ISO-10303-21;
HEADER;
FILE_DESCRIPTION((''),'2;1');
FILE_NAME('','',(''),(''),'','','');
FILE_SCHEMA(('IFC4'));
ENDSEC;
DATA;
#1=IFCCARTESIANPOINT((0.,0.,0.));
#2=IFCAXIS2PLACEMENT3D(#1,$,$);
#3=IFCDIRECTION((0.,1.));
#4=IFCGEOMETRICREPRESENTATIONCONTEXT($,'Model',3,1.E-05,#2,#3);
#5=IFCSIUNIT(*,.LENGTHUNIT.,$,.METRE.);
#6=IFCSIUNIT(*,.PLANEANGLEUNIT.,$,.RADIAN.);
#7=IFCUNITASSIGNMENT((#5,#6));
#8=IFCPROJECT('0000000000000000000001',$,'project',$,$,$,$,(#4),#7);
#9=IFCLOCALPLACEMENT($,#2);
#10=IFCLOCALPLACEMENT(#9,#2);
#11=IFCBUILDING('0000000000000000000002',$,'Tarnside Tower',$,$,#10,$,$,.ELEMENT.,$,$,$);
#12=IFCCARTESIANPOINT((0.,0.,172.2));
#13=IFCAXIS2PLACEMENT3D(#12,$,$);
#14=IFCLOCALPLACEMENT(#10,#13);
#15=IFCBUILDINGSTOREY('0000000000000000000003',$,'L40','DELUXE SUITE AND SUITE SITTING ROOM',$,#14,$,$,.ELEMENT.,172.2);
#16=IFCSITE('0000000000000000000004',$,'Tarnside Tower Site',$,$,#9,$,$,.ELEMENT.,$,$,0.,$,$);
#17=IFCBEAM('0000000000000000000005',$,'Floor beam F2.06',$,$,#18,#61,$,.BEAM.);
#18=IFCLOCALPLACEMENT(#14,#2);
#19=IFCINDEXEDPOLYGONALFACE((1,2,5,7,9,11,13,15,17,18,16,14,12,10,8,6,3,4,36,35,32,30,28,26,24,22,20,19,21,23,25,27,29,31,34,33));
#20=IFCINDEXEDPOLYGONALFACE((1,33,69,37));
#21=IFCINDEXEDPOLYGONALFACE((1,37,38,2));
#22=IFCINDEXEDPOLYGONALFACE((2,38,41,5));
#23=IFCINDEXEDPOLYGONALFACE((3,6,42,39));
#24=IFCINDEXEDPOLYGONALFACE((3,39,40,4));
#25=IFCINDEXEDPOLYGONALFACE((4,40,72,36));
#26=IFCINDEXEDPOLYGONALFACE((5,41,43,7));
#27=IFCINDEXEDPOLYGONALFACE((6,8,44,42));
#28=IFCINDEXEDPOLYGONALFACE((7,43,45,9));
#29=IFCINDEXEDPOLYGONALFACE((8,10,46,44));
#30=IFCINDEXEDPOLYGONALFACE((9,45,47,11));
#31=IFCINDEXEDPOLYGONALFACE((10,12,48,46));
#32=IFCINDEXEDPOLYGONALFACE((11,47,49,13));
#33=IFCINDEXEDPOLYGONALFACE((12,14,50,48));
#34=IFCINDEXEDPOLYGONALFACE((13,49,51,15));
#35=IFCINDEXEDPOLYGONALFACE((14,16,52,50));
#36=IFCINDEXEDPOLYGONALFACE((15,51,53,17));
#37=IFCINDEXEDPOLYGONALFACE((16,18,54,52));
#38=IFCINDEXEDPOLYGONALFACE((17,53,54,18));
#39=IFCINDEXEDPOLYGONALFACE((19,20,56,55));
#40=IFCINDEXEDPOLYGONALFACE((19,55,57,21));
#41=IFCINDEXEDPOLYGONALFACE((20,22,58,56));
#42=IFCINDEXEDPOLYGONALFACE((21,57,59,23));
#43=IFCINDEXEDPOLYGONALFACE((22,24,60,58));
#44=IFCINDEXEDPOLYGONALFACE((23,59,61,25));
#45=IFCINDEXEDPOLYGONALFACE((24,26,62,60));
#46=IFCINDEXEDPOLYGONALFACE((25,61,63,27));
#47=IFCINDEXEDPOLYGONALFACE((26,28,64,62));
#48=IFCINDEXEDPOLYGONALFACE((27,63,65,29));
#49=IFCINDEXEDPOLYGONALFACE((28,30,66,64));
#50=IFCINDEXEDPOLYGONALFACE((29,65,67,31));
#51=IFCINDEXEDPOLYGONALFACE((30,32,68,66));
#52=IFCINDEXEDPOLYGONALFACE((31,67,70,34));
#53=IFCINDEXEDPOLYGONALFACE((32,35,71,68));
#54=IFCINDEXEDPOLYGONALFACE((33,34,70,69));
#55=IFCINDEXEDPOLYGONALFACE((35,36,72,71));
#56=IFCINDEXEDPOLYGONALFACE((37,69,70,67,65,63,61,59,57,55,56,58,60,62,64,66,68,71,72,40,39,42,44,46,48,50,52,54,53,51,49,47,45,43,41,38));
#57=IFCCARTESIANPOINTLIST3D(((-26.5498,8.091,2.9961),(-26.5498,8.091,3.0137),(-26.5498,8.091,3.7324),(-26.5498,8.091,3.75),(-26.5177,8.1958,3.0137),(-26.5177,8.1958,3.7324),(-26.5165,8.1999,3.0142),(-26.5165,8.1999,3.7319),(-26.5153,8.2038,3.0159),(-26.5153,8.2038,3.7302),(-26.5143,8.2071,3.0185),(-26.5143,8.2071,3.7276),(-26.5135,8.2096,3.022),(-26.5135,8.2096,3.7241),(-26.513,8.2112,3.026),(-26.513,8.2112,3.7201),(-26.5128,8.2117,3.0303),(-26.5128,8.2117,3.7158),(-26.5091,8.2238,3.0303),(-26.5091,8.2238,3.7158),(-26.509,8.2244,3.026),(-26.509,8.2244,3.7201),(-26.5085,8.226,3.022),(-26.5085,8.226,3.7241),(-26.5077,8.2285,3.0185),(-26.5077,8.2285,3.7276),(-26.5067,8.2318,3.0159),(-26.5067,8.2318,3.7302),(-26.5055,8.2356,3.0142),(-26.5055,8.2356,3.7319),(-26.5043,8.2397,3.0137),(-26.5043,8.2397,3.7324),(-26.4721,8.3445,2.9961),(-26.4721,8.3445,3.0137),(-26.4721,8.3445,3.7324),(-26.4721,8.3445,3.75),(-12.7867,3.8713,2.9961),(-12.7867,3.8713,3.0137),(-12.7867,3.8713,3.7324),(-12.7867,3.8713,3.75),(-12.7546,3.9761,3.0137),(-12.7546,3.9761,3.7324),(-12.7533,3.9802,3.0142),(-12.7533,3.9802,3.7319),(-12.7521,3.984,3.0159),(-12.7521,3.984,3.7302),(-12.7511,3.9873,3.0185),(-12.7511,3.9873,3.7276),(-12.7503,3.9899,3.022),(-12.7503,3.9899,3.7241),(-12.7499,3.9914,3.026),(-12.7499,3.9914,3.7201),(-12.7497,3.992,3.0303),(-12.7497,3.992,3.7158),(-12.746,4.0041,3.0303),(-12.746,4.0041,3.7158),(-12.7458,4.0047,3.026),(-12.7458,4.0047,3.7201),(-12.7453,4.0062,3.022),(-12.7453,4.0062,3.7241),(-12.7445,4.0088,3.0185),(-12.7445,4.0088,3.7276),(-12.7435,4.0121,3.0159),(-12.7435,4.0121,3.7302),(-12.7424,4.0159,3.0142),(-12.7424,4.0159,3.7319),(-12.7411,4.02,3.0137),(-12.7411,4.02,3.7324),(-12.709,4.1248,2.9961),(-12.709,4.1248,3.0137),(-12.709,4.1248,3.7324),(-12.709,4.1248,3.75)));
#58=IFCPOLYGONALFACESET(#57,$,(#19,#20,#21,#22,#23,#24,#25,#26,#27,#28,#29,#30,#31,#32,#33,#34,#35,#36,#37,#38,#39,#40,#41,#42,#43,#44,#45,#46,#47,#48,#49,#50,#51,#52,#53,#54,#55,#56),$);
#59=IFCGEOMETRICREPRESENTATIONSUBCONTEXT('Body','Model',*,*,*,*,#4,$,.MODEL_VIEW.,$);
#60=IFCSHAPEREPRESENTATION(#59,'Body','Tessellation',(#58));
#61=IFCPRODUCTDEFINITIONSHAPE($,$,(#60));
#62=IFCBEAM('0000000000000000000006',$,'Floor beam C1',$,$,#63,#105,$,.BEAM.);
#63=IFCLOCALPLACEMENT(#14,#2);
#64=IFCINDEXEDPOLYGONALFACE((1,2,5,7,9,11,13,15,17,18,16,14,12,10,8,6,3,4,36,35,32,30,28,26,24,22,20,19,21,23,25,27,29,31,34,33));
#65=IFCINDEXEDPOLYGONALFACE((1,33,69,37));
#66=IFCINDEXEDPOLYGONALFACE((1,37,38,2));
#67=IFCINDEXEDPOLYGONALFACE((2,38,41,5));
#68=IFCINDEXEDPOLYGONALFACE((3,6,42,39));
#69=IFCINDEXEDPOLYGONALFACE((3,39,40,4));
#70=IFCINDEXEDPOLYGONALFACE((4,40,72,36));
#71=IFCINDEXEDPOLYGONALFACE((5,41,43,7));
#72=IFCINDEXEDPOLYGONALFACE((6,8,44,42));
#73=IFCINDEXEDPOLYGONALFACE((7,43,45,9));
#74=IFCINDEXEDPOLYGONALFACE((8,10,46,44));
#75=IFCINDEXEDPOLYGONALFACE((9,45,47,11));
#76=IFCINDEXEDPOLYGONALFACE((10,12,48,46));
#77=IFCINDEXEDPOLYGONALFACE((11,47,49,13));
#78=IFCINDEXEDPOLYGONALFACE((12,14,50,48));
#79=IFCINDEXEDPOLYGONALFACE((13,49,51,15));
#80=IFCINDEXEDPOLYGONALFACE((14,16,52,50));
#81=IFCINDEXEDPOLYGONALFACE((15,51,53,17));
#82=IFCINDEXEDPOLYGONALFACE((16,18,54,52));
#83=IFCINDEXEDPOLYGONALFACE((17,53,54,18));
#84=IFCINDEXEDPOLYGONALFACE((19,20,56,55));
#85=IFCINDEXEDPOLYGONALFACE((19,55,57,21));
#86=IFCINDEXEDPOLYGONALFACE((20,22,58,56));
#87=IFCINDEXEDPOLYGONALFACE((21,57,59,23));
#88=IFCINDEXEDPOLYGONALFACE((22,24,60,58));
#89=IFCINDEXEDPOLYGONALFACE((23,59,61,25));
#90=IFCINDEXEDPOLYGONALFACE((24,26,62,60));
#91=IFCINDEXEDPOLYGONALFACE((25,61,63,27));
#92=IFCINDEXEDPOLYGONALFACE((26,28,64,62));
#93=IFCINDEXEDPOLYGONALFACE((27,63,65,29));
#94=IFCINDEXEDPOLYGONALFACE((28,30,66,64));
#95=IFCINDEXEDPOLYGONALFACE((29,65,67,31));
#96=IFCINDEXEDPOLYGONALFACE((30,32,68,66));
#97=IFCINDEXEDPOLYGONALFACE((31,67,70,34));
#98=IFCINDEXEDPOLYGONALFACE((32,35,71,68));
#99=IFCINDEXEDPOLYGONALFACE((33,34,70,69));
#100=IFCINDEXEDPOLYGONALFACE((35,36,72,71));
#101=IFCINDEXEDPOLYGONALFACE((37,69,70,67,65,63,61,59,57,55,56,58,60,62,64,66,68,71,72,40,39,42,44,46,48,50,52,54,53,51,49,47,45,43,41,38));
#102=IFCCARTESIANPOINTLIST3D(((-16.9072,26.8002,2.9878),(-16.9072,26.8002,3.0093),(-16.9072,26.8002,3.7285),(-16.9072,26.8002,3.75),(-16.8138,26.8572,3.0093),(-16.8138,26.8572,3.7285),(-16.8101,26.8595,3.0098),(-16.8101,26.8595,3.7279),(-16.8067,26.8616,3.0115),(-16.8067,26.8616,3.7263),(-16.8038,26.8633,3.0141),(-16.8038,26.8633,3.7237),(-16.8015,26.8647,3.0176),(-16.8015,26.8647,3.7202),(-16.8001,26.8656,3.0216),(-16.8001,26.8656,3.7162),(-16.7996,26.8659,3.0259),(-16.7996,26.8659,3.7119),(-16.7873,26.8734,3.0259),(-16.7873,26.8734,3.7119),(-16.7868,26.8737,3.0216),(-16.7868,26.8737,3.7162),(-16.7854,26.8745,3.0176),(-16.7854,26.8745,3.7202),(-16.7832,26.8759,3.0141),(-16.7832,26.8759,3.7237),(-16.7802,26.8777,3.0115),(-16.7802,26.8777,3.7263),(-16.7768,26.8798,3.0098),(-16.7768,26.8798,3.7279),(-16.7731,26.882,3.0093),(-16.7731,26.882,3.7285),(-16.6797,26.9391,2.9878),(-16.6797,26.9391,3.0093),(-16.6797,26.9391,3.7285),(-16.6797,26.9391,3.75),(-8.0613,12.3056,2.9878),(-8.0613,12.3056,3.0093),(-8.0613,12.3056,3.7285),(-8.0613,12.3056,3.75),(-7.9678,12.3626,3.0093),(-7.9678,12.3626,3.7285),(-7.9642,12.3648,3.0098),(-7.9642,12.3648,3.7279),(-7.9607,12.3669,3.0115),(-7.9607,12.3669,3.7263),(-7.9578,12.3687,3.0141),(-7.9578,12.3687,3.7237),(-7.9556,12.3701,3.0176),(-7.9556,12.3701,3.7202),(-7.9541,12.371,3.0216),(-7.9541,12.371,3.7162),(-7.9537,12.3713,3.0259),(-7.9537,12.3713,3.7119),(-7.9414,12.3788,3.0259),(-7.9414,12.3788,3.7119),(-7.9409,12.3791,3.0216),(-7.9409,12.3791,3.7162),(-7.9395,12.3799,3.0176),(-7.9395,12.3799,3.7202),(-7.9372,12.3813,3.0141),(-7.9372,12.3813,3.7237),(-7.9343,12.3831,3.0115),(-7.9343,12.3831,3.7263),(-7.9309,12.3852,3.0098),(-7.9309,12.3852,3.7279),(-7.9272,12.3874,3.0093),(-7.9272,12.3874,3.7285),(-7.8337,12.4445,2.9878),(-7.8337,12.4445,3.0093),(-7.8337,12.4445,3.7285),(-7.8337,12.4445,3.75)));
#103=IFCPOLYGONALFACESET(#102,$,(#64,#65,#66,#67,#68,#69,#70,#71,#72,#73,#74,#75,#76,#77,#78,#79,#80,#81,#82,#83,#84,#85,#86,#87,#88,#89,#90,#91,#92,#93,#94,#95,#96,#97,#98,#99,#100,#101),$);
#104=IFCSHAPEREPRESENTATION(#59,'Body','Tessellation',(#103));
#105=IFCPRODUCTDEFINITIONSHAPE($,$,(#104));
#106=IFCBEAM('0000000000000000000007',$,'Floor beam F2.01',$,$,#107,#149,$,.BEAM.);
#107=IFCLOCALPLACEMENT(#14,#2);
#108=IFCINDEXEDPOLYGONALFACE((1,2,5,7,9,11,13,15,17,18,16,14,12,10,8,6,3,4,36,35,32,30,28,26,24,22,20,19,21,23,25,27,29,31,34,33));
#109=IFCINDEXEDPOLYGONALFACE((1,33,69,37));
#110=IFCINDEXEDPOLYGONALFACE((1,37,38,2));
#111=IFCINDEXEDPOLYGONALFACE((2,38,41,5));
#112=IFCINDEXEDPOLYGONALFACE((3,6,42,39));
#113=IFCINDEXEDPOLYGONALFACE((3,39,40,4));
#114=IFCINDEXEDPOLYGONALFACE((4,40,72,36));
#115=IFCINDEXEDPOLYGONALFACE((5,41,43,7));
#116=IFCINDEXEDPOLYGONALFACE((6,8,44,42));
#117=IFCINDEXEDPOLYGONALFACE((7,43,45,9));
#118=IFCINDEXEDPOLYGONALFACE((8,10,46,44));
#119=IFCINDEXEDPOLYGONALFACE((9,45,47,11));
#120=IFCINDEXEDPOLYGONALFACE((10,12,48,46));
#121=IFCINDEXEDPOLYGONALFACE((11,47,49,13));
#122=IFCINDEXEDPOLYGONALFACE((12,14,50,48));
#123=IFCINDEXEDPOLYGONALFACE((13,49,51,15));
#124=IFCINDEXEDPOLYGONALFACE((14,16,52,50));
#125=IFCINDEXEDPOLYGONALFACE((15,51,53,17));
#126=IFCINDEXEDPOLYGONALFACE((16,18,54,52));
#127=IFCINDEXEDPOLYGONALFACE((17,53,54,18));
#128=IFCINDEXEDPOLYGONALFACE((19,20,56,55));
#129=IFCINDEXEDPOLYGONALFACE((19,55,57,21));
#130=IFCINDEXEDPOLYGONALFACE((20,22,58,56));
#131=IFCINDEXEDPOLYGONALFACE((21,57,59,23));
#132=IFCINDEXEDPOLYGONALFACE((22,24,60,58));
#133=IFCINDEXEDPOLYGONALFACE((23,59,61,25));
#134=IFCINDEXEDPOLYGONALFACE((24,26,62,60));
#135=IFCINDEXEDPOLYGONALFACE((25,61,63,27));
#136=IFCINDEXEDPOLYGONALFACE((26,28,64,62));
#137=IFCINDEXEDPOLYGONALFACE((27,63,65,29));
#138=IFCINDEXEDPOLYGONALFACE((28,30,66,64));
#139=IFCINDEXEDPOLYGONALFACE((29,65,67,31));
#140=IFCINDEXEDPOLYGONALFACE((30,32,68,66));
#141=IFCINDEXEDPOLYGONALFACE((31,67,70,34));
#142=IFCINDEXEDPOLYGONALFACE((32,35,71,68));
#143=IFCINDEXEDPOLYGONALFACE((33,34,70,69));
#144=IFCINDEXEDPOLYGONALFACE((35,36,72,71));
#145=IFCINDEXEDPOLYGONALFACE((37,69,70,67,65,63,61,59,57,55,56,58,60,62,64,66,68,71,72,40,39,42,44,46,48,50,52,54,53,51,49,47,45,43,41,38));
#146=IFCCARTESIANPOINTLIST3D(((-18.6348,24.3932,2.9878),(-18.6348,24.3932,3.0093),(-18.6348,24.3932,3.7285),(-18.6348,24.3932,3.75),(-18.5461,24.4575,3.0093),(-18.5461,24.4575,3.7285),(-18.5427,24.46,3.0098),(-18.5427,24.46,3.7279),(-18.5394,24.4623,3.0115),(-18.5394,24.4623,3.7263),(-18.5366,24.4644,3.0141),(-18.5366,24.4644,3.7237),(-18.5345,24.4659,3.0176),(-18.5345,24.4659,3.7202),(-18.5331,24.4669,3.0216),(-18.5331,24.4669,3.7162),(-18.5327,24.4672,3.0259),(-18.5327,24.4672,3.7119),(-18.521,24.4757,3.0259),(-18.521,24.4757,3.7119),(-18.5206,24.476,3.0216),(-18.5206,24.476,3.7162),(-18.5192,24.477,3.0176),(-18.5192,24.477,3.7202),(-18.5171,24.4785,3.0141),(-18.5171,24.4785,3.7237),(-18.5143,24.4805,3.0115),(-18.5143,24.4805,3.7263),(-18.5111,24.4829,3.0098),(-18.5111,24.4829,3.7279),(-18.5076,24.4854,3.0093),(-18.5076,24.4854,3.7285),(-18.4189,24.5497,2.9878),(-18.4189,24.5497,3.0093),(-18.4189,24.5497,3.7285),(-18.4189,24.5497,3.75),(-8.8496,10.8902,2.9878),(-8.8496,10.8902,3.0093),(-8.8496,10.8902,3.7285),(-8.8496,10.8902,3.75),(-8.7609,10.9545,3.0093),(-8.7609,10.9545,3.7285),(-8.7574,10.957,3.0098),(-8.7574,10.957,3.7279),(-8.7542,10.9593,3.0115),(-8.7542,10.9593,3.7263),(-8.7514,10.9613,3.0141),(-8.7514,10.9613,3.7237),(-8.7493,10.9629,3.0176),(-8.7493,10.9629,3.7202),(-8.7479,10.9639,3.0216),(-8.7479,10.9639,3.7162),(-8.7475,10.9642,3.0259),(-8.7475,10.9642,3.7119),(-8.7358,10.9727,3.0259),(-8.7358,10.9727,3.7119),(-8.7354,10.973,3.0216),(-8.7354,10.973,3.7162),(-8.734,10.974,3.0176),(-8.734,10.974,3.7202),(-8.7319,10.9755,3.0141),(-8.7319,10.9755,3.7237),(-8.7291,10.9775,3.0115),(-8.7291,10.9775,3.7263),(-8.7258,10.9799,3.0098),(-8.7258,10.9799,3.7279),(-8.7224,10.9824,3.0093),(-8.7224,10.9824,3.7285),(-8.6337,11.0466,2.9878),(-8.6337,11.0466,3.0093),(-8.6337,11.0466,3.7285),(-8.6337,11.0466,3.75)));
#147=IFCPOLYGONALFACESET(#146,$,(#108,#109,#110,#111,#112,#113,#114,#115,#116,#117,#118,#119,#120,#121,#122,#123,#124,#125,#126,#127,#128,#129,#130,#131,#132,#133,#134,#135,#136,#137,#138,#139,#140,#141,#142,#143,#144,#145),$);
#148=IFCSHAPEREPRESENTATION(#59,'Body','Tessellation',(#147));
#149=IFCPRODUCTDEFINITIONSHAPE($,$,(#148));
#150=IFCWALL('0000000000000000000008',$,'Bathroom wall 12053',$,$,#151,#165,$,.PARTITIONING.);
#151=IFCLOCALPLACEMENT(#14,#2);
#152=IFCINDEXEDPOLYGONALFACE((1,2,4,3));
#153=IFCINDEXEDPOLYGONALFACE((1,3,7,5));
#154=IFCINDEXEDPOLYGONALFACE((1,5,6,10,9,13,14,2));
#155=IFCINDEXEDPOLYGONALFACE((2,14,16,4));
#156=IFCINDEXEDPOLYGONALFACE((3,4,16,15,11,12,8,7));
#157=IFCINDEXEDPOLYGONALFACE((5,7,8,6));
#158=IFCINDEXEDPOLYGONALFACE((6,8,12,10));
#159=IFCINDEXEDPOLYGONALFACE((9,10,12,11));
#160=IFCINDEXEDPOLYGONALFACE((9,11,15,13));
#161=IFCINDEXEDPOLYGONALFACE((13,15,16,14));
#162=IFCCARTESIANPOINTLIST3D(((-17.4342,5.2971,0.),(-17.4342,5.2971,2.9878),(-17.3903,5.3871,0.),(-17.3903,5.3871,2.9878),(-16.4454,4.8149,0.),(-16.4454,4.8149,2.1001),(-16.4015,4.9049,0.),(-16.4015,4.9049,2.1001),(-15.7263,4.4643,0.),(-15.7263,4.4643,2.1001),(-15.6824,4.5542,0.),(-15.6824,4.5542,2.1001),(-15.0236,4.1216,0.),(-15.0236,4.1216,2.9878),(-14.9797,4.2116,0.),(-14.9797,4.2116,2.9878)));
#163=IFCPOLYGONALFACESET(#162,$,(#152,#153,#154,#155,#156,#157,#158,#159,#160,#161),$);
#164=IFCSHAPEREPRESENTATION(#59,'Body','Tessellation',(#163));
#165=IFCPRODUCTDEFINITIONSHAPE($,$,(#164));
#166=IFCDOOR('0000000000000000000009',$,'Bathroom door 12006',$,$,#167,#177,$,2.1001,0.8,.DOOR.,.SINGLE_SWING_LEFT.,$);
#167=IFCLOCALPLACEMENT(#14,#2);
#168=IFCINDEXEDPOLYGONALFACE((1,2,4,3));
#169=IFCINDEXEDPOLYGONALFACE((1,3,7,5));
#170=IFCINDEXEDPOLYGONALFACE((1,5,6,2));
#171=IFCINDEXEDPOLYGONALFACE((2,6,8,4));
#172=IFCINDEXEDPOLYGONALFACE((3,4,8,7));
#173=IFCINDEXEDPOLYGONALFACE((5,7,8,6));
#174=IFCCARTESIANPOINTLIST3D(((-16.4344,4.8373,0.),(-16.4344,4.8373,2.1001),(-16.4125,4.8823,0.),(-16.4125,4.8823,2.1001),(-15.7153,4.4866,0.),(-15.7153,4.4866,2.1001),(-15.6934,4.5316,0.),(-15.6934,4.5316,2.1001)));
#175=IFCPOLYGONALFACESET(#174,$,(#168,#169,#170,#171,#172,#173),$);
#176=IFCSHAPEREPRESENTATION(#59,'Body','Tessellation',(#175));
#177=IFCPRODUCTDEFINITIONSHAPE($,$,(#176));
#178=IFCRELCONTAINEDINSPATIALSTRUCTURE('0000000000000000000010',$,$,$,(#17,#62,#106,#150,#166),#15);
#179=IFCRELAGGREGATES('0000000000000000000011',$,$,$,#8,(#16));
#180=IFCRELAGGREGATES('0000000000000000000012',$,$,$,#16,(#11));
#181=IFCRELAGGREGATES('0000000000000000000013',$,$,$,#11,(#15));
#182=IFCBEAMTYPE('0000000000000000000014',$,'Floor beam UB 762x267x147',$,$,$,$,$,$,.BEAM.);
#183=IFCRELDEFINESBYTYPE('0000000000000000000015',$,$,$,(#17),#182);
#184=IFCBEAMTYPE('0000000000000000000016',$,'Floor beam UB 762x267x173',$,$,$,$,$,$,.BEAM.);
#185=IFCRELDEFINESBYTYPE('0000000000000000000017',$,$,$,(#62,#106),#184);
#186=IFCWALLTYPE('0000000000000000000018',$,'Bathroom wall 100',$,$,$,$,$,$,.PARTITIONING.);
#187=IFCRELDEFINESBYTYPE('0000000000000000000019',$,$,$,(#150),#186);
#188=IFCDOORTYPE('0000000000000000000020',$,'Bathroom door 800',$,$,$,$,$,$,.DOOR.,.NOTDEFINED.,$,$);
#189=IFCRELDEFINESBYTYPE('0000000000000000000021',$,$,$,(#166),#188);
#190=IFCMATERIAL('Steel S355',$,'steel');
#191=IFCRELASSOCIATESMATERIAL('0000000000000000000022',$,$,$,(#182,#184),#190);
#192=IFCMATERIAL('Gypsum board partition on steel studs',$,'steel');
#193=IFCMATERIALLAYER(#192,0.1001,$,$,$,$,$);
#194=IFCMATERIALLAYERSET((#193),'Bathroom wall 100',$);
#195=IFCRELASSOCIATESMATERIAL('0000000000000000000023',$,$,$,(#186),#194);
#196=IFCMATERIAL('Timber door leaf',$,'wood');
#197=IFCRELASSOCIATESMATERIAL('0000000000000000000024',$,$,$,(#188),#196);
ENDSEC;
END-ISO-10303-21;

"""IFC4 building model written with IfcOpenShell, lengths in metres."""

from ifc_helpers import new_model, si_unit, direction, frame, frame_2d, origin, origin_2d, place, context, subcontext, project, spatial, rectangle, i_section, extrude, material, layer, layer_set, material_profile, profile_set, type_object, element, fill, save


model = new_model("IFC4")

# Units and contexts
model_context = context("Model", 3, precision=1e-05, world=origin(), true_north=direction((0.0, 1.0)))
body_context = subcontext(model_context, "Body", "Model", "MODEL_VIEW")
ifc_project = project(units=[si_unit("LENGTHUNIT", "METRE"), si_unit("PLANEANGLEUNIT", "RADIAN")], contexts=[model_context])

# Site, building, storey
site_placement = place(None, origin())
site = spatial("IfcSite", under=ifc_project, at=site_placement, Name="Tarnside Tower Site", CompositionType="ELEMENT", RefElevation=0.0)
building_placement = place(site_placement, origin())
building = spatial("IfcBuilding", under=site, at=building_placement, Name="Tarnside Tower", CompositionType="ELEMENT")
storey_placement = place(building_placement, frame((0.0, 0.0, 172.2)))
storey = spatial("IfcBuildingStorey", under=building, at=storey_placement, Name="L40", Description="DELUXE SUITE AND SUITE SITTING ROOM", CompositionType="ELEMENT", Elevation=172.2)

# Beams
ifc_material_1 = material(Name="Steel S355", Category="steel")
ifc_material_profile_1 = material_profile(ifc_material_1, i_section(OverallWidth=0.2651, OverallDepth=0.7539, WebThickness=0.0127, FlangeThickness=0.0176, FilletRadius=0.0166, at=origin_2d()), Name="UB 762x267x147")
ifc_profile_set_1 = profile_set([ifc_material_profile_1], Name="Steel S355")
beam_type_1 = type_object("IfcBeamType", Name="Floor beam UB 762x267x147", PredefinedType="BEAM", material=ifc_profile_set_1)
beam_1_placement = place(storey_placement, frame((-26.511, 8.2178, 3.373), z_axis=(0.956073, -0.293128, 0.0), x_axis=(0.293128, 0.956073, 0.0)))
element("IfcBeam", 1, at=beam_1_placement, inside=storey, type_object=beam_type_1, Name="Floor beam F2.06", PredefinedType="BEAM", context=body_context, shape_type="SweptSolid", body=[
    extrude(i_section(OverallWidth=0.2651, OverallDepth=0.7539, WebThickness=0.0127, FlangeThickness=0.0176, FilletRadius=0.0166, at=origin_2d()), origin(), (0.0, 0.0, 1.0), 14.3955),
])
ifc_material_profile_2 = material_profile(ifc_material_1, i_section(OverallWidth=0.2666, OverallDepth=0.7622, WebThickness=0.0144, FlangeThickness=0.0215, FilletRadius=0.0166, at=origin_2d()), Name="UB 762x267x173")
ifc_profile_set_2 = profile_set([ifc_material_profile_2], Name="Steel S355")
beam_type_2 = type_object("IfcBeamType", Name="Floor beam UB 762x267x173", PredefinedType="BEAM", material=ifc_profile_set_2)
beam_2_placement = place(storey_placement, frame((-16.7935, 26.8696, 3.3689), z_axis=(0.52094, -0.853593, 0.0), x_axis=(0.853593, 0.52094, 0.0)))
element("IfcBeam", 2, at=beam_2_placement, inside=storey, type_object=beam_type_2, Name="Floor beam C1", PredefinedType="BEAM", context=body_context, shape_type="SweptSolid", body=[
    extrude(i_section(OverallWidth=0.2666, OverallDepth=0.7622, WebThickness=0.0144, FlangeThickness=0.0215, FilletRadius=0.0166, at=origin_2d()), origin(), (0.0, 0.0, 1.0), 16.9807),
])
beam_3_placement = place(storey_placement, frame((-18.5269, 24.4714, 3.3689), z_axis=(0.586792, -0.809738, 0.0), x_axis=(0.809738, 0.586792, 0.0)))
element("IfcBeam", 3, at=beam_3_placement, inside=storey, type_object=beam_type_2, Name="Floor beam F2.01", PredefinedType="BEAM", context=body_context, shape_type="SweptSolid", body=[
    extrude(i_section(OverallWidth=0.2666, OverallDepth=0.7622, WebThickness=0.0144, FlangeThickness=0.0215, FilletRadius=0.0166, at=origin_2d()), origin(), (0.0, 0.0, 1.0), 16.6758),
])

# Wall, opening, door
ifc_material_2 = material(Name="Gypsum board partition on steel studs", Category="steel")
ifc_layer_1 = layer(ifc_material_2, 0.1001)
ifc_layer_set_1 = layer_set([ifc_layer_1], Name="Bathroom wall 100")
wall_type_1 = type_object("IfcWallType", Name="Bathroom wall 100", PredefinedType="PARTITIONING", material=ifc_layer_set_1)
wall_1_placement = place(storey_placement, frame((-17.4121, 5.342, 0.0), z_axis=(0.0, 0.0, 1.0), x_axis=(0.898825, -0.438307, 0.0)))
wall_1 = element("IfcWall", 4, at=wall_1_placement, inside=storey, type_object=wall_type_1, Name="Bathroom wall 12053", PredefinedType="PARTITIONING", context=body_context, shape_type="SweptSolid", body=[
    extrude(rectangle(XDim=2.6819, YDim=0.1001, at=frame_2d((1.3408, 0.0))), origin(), (0.0, 0.0, 1.0), 2.9878),
])
opening_1_placement = place(wall_1_placement, frame((1.1001, 0.0, 0.0)))
opening_1 = element("IfcOpeningElement", 5, at=opening_1_placement, cuts=wall_1, PredefinedType="OPENING", context=body_context, shape_type="SweptSolid", body=[
    extrude(rectangle(XDim=0.8, YDim=2.1001, at=frame_2d((0.3999, 1.05))), frame((0.0, 0.0601, 0.0), z_axis=(0.0, -1.0, 0.0), x_axis=(1.0, 0.0, 0.0)), (0.0, 0.0, 1.0), 0.1201),
])
ifc_material_3 = material(Name="Timber door leaf", Category="wood")
door_type_1 = type_object("IfcDoorType", Name="Bathroom door 800", OperationType="NOTDEFINED", PredefinedType="DOOR", material=ifc_material_3)
door_1_placement = place(opening_1_placement, origin())
door_1 = element("IfcDoor", 6, at=door_1_placement, inside=storey, type_object=door_type_1, Name="Bathroom door 12006", OperationType="SINGLE_SWING_LEFT", OverallHeight=2.1001, OverallWidth=0.8, PredefinedType="DOOR", context=body_context, shape_type="SweptSolid", body=[
    extrude(rectangle(XDim=0.8, YDim=2.1001, at=frame_2d((0.3999, 1.05))), frame((0.0, 0.0249, 0.0), z_axis=(0.0, -1.0, 0.0), x_axis=(1.0, 0.0, 0.0)), (0.0, 0.0, 1.0), 0.05),
])
fill(opening_1, door_1)

save(model, "model.ifc")
